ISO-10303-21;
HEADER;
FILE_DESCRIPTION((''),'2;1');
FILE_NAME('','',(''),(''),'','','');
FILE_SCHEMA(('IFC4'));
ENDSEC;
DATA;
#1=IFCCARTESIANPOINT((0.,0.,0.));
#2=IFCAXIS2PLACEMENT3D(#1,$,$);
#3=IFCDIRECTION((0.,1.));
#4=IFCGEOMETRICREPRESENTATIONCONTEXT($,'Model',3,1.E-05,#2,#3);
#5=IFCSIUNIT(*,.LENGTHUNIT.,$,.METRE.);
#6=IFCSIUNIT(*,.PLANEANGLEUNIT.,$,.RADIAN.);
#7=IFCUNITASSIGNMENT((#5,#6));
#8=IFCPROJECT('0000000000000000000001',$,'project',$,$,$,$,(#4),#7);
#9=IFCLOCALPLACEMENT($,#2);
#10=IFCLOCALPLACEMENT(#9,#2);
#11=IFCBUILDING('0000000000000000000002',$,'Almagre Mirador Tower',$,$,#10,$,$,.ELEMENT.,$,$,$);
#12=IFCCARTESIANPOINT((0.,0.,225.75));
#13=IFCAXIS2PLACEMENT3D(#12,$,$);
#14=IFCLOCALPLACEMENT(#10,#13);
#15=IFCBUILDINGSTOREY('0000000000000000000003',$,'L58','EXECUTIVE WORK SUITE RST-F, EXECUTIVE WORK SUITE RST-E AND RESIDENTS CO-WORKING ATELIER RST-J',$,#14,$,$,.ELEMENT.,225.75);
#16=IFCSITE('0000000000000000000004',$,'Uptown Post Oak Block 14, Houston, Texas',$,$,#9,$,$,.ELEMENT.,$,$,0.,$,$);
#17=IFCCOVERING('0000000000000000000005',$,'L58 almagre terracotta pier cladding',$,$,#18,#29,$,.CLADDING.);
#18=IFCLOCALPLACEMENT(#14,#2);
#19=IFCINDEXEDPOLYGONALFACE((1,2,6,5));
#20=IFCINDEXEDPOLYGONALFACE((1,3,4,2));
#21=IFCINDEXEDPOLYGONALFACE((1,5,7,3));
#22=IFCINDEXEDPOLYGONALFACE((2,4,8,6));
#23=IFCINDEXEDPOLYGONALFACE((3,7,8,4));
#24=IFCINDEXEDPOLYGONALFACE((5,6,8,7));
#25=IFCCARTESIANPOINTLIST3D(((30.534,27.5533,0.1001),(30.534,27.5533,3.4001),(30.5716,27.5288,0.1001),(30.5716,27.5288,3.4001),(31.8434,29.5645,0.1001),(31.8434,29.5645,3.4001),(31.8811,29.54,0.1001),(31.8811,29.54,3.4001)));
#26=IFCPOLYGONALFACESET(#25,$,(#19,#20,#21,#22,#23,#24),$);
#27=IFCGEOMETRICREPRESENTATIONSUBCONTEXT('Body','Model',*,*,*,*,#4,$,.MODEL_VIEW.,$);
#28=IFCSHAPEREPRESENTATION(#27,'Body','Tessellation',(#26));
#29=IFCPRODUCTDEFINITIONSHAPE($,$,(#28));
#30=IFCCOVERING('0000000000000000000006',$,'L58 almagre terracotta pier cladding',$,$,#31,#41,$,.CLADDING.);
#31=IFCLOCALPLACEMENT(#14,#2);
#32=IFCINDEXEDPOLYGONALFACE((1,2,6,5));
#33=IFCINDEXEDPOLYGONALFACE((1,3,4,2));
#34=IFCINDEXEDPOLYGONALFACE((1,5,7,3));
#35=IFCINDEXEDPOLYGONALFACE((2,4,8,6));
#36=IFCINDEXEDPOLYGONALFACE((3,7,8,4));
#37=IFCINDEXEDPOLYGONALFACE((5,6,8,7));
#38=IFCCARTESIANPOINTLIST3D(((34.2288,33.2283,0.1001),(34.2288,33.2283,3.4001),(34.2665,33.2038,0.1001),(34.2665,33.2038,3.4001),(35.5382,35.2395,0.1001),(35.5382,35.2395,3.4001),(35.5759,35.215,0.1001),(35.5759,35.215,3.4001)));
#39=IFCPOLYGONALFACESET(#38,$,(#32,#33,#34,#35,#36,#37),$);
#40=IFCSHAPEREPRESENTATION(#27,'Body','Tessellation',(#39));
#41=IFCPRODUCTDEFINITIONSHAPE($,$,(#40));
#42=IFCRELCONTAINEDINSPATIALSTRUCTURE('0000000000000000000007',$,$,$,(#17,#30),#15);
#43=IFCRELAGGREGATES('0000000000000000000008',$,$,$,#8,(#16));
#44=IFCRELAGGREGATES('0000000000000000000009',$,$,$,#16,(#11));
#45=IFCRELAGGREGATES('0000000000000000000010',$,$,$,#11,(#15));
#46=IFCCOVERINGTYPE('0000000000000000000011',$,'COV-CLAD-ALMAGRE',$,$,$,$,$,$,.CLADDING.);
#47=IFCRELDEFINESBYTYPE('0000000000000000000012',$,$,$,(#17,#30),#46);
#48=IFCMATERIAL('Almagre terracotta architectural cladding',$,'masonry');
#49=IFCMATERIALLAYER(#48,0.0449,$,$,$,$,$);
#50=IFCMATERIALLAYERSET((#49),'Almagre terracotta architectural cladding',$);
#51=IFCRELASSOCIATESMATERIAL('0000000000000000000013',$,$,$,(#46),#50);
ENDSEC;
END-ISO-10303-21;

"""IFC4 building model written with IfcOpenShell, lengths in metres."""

from ifc_helpers import new_model, si_unit, direction, frame, origin, origin_2d, place, context, subcontext, project, spatial, rectangle, extrude, material, layer, layer_set, type_object, element, save


model = new_model("IFC4")

# Units and contexts
model_context = context("Model", 3, precision=1e-05, world=origin(), true_north=direction((0.0, 1.0)))
body_context = subcontext(model_context, "Body", "Model", "MODEL_VIEW")
ifc_project = project(units=[si_unit("LENGTHUNIT", "METRE"), si_unit("PLANEANGLEUNIT", "RADIAN")], contexts=[model_context])

# Site, building, storey
site_placement = place(None, origin())
site = spatial("IfcSite", under=ifc_project, at=site_placement, Name="Uptown Post Oak Block 14, Houston, Texas", CompositionType="ELEMENT", RefElevation=0.0)
building_placement = place(site_placement, origin())
building = spatial("IfcBuilding", under=site, at=building_placement, Name="Almagre Mirador Tower", CompositionType="ELEMENT")
storey_placement = place(building_placement, frame((0.0, 0.0, 225.75)))
storey = spatial("IfcBuildingStorey", under=building, at=storey_placement, Name="L58", Description="EXECUTIVE WORK SUITE RST-F, EXECUTIVE WORK SUITE RST-E AND RESIDENTS CO-WORKING ATELIER RST-J", CompositionType="ELEMENT", Elevation=225.75)

# Coverings
ifc_material_1 = material(Name="Almagre terracotta architectural cladding", Category="masonry")
ifc_layer_1 = layer(ifc_material_1, 0.0449)
ifc_layer_set_1 = layer_set([ifc_layer_1], Name="Almagre terracotta architectural cladding")
covering_type = type_object("IfcCoveringType", Name="COV-CLAD-ALMAGRE", PredefinedType="CLADDING", material=ifc_layer_set_1)
for number, where, z_axis, x_axis, name in (
    (1, (31.2075, 28.5466, 0.1001), (0.0, 0.0, 1.0), (0.545619, 0.838033, 0.0), "L58 almagre terracotta pier cladding"),
    (2, (34.9023, 34.2217, 0.1001), (0.0, 0.0, 1.0), (0.545619, 0.838033, 0.0), "L58 almagre terracotta pier cladding"),
):
    element("IfcCovering", number, at=place(storey_placement, frame(where, z_axis=z_axis, x_axis=x_axis)), inside=storey, type_object=covering_type, Name=name, PredefinedType="CLADDING", context=body_context, shape_type="SweptSolid", body=[
        extrude(rectangle(XDim=2.3999, YDim=0.0449, at=origin_2d()), origin(), (0.0, 0.0, 1.0), 3.3),
    ])

save(model, "model.ifc")
